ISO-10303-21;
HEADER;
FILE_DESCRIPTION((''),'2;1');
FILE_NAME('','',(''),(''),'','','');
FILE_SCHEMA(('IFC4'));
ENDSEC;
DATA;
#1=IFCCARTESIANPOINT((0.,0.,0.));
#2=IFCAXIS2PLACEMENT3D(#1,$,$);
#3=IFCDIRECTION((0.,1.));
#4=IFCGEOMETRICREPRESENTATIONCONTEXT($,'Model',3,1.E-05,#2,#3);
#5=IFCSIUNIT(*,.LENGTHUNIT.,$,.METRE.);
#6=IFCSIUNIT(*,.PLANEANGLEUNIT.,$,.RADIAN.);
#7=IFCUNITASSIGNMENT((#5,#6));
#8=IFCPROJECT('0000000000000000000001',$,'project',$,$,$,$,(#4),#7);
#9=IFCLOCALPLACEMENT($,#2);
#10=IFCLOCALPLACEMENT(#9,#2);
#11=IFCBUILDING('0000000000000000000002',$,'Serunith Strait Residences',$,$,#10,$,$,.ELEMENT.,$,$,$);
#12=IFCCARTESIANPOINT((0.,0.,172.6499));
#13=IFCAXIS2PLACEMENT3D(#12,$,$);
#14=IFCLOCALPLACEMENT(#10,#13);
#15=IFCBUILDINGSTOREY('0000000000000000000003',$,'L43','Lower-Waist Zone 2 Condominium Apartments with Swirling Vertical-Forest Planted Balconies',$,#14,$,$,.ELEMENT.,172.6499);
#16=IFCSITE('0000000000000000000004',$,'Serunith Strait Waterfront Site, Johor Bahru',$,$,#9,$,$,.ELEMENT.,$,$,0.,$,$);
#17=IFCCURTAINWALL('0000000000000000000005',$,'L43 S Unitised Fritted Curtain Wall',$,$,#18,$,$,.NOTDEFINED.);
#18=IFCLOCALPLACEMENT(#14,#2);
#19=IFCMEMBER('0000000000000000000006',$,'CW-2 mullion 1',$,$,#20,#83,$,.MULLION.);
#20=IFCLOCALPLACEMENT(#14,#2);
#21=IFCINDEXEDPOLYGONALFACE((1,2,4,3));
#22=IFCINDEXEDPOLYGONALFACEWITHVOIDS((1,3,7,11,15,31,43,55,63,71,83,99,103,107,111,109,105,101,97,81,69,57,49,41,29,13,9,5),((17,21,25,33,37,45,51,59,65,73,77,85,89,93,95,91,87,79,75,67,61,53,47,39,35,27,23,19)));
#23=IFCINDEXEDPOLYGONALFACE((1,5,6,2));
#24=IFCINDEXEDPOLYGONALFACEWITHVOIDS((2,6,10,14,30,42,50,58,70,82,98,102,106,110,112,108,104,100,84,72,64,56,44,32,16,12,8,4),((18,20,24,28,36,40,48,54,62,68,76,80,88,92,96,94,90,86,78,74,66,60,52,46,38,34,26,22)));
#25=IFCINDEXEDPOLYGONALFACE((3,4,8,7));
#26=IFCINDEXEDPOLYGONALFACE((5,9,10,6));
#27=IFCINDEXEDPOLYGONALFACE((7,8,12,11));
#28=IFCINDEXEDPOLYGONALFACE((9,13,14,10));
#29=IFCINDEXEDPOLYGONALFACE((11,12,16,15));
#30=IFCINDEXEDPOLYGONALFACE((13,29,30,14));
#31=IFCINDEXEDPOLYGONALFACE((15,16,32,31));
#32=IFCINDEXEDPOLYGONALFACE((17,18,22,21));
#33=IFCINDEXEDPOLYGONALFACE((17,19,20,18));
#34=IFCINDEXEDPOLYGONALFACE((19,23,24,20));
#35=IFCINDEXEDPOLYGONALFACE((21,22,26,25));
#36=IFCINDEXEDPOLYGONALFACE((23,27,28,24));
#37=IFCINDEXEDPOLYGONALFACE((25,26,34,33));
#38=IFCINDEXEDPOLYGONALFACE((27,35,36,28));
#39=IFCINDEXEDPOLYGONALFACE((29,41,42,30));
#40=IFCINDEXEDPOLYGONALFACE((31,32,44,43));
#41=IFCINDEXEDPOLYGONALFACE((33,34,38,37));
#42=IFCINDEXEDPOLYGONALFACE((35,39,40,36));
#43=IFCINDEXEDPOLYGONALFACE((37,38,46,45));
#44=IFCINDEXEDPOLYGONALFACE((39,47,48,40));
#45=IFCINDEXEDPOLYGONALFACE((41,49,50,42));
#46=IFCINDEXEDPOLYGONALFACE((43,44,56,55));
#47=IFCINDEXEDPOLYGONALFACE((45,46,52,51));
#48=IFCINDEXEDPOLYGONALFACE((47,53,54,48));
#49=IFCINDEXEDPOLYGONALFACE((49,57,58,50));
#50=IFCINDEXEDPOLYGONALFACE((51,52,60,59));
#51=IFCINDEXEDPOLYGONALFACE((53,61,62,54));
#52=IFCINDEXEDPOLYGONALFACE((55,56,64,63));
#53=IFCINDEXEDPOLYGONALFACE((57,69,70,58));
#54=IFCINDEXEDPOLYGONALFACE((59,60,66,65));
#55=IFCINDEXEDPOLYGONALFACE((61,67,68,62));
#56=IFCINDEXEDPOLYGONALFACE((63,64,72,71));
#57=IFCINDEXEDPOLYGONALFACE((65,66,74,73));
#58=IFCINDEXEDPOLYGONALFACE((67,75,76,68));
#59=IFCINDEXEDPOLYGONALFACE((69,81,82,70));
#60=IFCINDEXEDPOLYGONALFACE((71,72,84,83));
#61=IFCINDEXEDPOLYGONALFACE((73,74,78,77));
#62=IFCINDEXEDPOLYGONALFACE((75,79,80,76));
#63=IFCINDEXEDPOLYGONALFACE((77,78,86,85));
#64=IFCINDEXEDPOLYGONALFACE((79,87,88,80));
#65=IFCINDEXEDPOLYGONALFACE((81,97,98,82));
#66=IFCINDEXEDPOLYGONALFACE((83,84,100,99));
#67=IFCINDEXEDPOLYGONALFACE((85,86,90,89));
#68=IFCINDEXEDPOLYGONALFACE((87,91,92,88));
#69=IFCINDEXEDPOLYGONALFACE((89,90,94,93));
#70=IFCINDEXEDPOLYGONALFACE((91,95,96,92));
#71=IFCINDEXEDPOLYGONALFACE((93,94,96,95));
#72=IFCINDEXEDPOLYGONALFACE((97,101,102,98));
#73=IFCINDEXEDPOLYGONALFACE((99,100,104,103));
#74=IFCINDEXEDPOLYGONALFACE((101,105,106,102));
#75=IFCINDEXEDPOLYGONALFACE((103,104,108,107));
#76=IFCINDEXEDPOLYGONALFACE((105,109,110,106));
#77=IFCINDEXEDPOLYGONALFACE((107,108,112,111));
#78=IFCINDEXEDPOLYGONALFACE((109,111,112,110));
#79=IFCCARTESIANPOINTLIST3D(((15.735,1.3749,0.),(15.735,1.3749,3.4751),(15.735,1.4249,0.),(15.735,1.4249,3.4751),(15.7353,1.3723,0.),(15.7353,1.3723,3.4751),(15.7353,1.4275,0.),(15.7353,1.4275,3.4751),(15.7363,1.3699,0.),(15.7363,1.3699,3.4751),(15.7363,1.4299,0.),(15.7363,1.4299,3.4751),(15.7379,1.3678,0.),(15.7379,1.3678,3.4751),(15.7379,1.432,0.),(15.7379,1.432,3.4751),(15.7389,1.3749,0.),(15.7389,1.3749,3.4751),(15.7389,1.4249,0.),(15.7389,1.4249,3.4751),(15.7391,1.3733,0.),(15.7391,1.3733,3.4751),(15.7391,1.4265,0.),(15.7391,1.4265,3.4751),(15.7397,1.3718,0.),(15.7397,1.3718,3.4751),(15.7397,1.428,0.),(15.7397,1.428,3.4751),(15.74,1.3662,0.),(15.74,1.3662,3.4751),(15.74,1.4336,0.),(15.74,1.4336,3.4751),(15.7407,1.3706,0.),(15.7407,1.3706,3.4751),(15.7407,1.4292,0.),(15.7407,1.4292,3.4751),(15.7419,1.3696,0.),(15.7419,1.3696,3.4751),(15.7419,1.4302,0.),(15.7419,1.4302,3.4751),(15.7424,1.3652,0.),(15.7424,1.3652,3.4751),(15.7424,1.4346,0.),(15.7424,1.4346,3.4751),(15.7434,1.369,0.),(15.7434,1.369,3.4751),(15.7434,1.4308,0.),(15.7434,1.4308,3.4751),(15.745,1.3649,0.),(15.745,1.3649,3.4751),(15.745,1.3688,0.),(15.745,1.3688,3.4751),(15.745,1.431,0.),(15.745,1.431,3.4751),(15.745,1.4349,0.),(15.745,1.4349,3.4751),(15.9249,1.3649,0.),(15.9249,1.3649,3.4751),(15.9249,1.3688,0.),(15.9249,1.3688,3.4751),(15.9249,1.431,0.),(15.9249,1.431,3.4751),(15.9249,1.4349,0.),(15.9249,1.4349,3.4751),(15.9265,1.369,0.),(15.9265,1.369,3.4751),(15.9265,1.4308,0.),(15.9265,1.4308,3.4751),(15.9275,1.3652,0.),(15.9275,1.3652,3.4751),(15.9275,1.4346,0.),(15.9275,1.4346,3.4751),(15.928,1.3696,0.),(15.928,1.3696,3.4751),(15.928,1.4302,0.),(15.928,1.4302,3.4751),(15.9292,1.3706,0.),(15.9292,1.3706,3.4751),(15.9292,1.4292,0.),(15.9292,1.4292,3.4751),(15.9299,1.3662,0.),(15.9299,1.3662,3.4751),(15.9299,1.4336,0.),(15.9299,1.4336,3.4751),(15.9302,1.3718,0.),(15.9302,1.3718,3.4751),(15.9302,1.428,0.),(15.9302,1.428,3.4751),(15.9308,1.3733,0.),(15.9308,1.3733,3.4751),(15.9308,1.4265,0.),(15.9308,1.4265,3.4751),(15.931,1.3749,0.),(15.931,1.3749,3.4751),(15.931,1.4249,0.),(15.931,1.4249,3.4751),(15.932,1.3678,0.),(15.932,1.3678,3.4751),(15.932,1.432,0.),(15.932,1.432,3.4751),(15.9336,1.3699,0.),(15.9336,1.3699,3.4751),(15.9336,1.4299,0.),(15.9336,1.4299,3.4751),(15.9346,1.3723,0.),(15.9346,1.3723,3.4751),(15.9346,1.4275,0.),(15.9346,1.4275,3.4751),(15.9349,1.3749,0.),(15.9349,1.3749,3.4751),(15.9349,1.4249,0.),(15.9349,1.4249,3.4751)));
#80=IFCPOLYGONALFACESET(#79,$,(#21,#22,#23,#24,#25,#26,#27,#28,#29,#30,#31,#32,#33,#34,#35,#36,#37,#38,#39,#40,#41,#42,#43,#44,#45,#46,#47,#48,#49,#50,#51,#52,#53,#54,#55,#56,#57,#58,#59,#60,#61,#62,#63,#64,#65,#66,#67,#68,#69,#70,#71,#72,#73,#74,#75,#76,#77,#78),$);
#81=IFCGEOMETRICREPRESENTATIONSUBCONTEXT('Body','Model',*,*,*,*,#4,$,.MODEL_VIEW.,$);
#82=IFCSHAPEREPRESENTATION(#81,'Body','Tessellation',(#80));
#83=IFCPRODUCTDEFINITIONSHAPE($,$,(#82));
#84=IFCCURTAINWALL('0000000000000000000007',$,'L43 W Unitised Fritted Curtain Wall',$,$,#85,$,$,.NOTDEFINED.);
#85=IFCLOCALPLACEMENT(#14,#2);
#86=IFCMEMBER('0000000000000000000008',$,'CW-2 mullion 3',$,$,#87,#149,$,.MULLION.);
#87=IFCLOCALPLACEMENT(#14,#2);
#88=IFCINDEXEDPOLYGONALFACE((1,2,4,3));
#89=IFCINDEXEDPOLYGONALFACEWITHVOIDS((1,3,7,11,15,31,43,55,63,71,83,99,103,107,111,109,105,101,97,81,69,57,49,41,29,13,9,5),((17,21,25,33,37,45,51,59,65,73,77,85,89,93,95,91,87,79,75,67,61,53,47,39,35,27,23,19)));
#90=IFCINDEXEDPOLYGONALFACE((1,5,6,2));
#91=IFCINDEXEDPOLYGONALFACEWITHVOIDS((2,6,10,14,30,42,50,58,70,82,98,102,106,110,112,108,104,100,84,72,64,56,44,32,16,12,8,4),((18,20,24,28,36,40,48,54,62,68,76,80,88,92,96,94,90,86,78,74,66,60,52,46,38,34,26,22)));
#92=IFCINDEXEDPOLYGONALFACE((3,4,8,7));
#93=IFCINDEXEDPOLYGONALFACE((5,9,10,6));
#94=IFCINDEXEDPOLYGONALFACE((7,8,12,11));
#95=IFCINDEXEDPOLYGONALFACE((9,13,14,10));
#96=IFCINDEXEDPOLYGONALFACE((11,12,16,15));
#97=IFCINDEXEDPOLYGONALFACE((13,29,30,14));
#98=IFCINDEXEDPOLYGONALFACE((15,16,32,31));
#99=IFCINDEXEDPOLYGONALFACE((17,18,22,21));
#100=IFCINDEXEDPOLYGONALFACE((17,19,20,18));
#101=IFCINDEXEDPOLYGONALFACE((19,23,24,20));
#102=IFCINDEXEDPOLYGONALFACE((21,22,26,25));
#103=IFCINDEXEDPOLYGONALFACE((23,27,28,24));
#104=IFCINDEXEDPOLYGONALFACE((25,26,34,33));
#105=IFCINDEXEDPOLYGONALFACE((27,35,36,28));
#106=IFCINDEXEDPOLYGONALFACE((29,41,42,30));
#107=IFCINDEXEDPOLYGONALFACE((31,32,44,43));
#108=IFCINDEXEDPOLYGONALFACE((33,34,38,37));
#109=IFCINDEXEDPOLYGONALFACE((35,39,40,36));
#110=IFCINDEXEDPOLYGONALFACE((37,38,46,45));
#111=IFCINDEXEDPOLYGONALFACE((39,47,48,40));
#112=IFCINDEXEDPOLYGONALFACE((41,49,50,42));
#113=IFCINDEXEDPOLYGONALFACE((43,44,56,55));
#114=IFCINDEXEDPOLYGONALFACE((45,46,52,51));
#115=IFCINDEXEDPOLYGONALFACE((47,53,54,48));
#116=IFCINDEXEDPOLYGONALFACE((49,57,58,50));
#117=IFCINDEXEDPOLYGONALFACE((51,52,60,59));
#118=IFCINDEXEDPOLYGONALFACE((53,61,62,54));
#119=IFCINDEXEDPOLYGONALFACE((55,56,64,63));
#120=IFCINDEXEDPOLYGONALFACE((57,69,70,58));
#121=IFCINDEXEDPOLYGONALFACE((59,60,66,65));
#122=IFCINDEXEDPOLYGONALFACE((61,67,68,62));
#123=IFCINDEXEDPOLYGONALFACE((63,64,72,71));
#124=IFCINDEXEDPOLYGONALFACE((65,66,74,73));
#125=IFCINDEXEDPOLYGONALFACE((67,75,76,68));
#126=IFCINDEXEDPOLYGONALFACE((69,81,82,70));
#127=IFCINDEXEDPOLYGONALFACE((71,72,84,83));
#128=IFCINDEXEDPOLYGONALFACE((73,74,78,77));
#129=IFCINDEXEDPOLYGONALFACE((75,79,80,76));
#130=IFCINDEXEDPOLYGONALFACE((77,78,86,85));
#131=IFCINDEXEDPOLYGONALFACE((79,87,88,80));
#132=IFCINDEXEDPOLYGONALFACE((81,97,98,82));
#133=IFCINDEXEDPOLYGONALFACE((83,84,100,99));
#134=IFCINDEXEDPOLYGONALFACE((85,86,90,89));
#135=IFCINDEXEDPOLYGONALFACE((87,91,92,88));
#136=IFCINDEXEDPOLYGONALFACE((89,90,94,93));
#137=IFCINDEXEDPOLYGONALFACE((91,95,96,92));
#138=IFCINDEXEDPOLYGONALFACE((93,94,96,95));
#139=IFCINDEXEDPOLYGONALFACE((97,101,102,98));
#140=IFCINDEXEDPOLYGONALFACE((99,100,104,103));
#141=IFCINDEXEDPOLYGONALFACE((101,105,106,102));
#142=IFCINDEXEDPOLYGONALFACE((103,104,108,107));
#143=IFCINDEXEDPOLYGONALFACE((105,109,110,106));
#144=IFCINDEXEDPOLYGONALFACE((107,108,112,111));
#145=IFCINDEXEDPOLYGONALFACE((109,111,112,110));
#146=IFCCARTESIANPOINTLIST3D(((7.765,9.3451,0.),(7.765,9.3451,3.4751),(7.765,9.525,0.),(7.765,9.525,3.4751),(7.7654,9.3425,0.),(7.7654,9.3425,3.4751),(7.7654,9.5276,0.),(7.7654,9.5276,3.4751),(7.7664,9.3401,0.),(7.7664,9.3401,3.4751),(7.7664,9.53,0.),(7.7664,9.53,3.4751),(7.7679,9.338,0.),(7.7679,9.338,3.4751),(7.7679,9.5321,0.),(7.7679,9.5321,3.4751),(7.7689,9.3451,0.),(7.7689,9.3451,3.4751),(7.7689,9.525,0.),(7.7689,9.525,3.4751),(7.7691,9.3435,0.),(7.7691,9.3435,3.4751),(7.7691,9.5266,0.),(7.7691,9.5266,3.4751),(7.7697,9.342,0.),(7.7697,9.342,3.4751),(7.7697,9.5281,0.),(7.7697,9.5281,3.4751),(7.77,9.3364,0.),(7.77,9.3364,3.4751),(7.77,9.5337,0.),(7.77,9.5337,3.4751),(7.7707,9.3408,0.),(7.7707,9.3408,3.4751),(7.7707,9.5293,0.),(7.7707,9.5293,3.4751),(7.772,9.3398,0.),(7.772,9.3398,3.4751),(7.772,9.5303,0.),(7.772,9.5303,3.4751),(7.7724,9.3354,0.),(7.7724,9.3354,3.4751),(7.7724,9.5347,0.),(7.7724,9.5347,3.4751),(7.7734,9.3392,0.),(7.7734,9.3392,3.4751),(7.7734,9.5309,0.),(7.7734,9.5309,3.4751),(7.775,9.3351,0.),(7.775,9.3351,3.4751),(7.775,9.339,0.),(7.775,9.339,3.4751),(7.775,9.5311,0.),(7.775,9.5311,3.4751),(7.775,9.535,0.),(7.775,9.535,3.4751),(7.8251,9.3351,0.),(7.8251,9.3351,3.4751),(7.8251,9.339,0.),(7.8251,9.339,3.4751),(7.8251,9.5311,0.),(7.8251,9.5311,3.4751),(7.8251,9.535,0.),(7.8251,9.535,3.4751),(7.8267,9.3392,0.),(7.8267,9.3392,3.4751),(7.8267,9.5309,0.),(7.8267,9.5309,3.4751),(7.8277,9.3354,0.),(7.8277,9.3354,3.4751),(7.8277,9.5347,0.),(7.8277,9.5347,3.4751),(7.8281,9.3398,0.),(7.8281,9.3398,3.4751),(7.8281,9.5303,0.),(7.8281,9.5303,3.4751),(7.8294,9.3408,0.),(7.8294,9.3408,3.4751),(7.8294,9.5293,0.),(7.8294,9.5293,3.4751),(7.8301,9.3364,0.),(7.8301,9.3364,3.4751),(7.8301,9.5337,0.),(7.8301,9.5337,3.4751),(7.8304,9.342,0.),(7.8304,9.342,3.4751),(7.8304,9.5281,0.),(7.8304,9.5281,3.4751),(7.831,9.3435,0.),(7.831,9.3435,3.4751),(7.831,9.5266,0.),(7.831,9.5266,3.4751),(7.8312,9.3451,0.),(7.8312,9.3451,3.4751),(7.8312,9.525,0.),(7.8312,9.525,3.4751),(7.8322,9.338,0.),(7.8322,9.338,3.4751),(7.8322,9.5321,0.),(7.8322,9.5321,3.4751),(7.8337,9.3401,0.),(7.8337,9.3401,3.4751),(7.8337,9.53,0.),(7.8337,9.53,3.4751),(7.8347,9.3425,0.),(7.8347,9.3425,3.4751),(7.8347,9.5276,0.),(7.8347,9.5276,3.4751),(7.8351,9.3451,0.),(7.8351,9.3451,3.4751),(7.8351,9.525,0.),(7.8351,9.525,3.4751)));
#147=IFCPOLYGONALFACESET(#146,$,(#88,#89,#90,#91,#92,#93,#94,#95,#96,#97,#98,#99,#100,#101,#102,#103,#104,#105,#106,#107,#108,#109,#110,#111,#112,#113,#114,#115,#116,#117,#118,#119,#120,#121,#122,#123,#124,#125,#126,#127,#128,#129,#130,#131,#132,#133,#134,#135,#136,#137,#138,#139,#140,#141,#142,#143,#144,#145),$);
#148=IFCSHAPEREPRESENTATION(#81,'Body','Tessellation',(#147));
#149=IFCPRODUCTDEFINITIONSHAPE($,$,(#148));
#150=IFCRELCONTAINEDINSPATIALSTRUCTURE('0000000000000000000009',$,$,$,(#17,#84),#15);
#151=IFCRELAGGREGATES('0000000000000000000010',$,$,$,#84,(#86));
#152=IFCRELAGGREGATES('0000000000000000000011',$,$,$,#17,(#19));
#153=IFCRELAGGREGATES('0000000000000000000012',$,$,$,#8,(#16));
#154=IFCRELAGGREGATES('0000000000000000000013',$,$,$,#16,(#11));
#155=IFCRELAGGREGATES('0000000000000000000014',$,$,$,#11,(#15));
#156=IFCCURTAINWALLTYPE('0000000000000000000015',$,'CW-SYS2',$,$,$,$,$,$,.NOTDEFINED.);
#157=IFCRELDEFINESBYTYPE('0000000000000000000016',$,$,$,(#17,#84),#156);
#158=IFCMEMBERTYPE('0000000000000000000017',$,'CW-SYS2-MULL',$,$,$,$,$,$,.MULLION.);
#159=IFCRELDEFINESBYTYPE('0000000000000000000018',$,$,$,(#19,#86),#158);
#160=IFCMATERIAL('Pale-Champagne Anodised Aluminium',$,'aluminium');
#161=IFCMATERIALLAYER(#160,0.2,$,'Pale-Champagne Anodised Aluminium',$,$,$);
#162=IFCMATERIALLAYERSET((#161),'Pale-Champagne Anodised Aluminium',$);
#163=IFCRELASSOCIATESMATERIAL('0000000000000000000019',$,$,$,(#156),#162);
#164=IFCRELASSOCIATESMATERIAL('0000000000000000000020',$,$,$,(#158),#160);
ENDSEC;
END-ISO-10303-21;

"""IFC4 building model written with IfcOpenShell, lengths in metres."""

from ifc_helpers import new_model, si_unit, direction, frame, origin, origin_2d, place, context, subcontext, project, spatial, hollow_rectangle, extrude, source, transform, mapped, material, layer, layer_set, material_profile, profile_set, type_object, element, aggregate, save


model = new_model("IFC4")

# Units and contexts
model_context = context("Model", 3, precision=1e-05, world=origin(), true_north=direction((0.0, 1.0)))
body_context = subcontext(model_context, "Body", "Model", "MODEL_VIEW")
ifc_project = project(units=[si_unit("LENGTHUNIT", "METRE"), si_unit("PLANEANGLEUNIT", "RADIAN")], contexts=[model_context])

# Site, building, storey
site_placement = place(None, origin())
site = spatial("IfcSite", under=ifc_project, at=site_placement, Name="Serunith Strait Waterfront Site, Johor Bahru", CompositionType="ELEMENT", RefElevation=0.0)
building_placement = place(site_placement, origin())
building = spatial("IfcBuilding", under=site, at=building_placement, Name="Serunith Strait Residences", CompositionType="ELEMENT")
storey_placement = place(building_placement, frame((0.0, 0.0, 172.6499)))
storey = spatial("IfcBuildingStorey", under=building, at=storey_placement, Name="L43", Description="Lower-Waist Zone 2 Condominium Apartments with Swirling Vertical-Forest Planted Balconies", CompositionType="ELEMENT", Elevation=172.6499)

# Curtain walls, members
ifc_material_1 = material(Name="Pale-Champagne Anodised Aluminium", Category="aluminium")
ifc_layer_1 = layer(ifc_material_1, 0.2, Name="Pale-Champagne Anodised Aluminium")
ifc_layer_set_1 = layer_set([ifc_layer_1], Name="Pale-Champagne Anodised Aluminium")
curtain_wall_type = type_object("IfcCurtainWallType", Name="CW-SYS2", PredefinedType="NOTDEFINED", material=ifc_layer_set_1)
curtain_wall_1_placement = place(storey_placement, origin())
curtain_wall_1 = element("IfcCurtainWall", 1, at=curtain_wall_1_placement, inside=storey, type_object=curtain_wall_type, Name="L43 S Unitised Fritted Curtain Wall", PredefinedType="NOTDEFINED")
ifc_material_profile_1 = material_profile(ifc_material_1, hollow_rectangle(XDim=0.0701, YDim=0.2, WallThickness=0.0039, InnerFilletRadius=0.0061, OuterFilletRadius=0.01, at=origin_2d()), Name="ALU 200x70x4")
ifc_profile_set_1 = profile_set([ifc_material_profile_1], Name="Pale-Champagne Anodised Aluminium")
member_type_1 = type_object("IfcMemberType", Name="CW-SYS2-MULL", PredefinedType="MULLION", material=ifc_profile_set_1)
shared_shape_1 = source(origin(), body_context, "Body", "SweptSolid", [
    extrude(hollow_rectangle(XDim=0.0701, YDim=0.2, WallThickness=0.0039, InnerFilletRadius=0.0061, OuterFilletRadius=0.01, at=origin_2d()), origin(), (0.0, 0.0, 1.0), 3.4751),
])
member_1_placement = place(storey_placement, frame((15.835, 1.3999, 0.0), z_axis=(0.0, 0.0, 1.0), x_axis=(0.0, 1.0, 0.0)))
member_1 = element("IfcMember", 2, at=member_1_placement, type_object=member_type_1, Name="CW-2 mullion 1", PredefinedType="MULLION", context=body_context, shape_type="MappedRepresentation", body=[
    mapped(shared_shape_1, transform((0.0, 0.0, 0.0), scale=1.0)),
])
curtain_wall_2_placement = place(storey_placement, origin())
curtain_wall_2 = element("IfcCurtainWall", 3, at=curtain_wall_2_placement, inside=storey, type_object=curtain_wall_type, Name="L43 W Unitised Fritted Curtain Wall", PredefinedType="NOTDEFINED")
member_2_placement = place(storey_placement, frame((7.8, 9.4351, 0.0), z_axis=(0.0, 0.0, 1.0), x_axis=(1.0, 0.0, 0.0)))
member_2 = element("IfcMember", 4, at=member_2_placement, type_object=member_type_1, Name="CW-2 mullion 3", PredefinedType="MULLION", context=body_context, shape_type="MappedRepresentation", body=[
    mapped(shared_shape_1, transform((0.0, 0.0, 0.0), scale=1.0)),
])
aggregate(curtain_wall_2, [member_2])

aggregate(curtain_wall_1, [member_1])

save(model, "model.ifc")
